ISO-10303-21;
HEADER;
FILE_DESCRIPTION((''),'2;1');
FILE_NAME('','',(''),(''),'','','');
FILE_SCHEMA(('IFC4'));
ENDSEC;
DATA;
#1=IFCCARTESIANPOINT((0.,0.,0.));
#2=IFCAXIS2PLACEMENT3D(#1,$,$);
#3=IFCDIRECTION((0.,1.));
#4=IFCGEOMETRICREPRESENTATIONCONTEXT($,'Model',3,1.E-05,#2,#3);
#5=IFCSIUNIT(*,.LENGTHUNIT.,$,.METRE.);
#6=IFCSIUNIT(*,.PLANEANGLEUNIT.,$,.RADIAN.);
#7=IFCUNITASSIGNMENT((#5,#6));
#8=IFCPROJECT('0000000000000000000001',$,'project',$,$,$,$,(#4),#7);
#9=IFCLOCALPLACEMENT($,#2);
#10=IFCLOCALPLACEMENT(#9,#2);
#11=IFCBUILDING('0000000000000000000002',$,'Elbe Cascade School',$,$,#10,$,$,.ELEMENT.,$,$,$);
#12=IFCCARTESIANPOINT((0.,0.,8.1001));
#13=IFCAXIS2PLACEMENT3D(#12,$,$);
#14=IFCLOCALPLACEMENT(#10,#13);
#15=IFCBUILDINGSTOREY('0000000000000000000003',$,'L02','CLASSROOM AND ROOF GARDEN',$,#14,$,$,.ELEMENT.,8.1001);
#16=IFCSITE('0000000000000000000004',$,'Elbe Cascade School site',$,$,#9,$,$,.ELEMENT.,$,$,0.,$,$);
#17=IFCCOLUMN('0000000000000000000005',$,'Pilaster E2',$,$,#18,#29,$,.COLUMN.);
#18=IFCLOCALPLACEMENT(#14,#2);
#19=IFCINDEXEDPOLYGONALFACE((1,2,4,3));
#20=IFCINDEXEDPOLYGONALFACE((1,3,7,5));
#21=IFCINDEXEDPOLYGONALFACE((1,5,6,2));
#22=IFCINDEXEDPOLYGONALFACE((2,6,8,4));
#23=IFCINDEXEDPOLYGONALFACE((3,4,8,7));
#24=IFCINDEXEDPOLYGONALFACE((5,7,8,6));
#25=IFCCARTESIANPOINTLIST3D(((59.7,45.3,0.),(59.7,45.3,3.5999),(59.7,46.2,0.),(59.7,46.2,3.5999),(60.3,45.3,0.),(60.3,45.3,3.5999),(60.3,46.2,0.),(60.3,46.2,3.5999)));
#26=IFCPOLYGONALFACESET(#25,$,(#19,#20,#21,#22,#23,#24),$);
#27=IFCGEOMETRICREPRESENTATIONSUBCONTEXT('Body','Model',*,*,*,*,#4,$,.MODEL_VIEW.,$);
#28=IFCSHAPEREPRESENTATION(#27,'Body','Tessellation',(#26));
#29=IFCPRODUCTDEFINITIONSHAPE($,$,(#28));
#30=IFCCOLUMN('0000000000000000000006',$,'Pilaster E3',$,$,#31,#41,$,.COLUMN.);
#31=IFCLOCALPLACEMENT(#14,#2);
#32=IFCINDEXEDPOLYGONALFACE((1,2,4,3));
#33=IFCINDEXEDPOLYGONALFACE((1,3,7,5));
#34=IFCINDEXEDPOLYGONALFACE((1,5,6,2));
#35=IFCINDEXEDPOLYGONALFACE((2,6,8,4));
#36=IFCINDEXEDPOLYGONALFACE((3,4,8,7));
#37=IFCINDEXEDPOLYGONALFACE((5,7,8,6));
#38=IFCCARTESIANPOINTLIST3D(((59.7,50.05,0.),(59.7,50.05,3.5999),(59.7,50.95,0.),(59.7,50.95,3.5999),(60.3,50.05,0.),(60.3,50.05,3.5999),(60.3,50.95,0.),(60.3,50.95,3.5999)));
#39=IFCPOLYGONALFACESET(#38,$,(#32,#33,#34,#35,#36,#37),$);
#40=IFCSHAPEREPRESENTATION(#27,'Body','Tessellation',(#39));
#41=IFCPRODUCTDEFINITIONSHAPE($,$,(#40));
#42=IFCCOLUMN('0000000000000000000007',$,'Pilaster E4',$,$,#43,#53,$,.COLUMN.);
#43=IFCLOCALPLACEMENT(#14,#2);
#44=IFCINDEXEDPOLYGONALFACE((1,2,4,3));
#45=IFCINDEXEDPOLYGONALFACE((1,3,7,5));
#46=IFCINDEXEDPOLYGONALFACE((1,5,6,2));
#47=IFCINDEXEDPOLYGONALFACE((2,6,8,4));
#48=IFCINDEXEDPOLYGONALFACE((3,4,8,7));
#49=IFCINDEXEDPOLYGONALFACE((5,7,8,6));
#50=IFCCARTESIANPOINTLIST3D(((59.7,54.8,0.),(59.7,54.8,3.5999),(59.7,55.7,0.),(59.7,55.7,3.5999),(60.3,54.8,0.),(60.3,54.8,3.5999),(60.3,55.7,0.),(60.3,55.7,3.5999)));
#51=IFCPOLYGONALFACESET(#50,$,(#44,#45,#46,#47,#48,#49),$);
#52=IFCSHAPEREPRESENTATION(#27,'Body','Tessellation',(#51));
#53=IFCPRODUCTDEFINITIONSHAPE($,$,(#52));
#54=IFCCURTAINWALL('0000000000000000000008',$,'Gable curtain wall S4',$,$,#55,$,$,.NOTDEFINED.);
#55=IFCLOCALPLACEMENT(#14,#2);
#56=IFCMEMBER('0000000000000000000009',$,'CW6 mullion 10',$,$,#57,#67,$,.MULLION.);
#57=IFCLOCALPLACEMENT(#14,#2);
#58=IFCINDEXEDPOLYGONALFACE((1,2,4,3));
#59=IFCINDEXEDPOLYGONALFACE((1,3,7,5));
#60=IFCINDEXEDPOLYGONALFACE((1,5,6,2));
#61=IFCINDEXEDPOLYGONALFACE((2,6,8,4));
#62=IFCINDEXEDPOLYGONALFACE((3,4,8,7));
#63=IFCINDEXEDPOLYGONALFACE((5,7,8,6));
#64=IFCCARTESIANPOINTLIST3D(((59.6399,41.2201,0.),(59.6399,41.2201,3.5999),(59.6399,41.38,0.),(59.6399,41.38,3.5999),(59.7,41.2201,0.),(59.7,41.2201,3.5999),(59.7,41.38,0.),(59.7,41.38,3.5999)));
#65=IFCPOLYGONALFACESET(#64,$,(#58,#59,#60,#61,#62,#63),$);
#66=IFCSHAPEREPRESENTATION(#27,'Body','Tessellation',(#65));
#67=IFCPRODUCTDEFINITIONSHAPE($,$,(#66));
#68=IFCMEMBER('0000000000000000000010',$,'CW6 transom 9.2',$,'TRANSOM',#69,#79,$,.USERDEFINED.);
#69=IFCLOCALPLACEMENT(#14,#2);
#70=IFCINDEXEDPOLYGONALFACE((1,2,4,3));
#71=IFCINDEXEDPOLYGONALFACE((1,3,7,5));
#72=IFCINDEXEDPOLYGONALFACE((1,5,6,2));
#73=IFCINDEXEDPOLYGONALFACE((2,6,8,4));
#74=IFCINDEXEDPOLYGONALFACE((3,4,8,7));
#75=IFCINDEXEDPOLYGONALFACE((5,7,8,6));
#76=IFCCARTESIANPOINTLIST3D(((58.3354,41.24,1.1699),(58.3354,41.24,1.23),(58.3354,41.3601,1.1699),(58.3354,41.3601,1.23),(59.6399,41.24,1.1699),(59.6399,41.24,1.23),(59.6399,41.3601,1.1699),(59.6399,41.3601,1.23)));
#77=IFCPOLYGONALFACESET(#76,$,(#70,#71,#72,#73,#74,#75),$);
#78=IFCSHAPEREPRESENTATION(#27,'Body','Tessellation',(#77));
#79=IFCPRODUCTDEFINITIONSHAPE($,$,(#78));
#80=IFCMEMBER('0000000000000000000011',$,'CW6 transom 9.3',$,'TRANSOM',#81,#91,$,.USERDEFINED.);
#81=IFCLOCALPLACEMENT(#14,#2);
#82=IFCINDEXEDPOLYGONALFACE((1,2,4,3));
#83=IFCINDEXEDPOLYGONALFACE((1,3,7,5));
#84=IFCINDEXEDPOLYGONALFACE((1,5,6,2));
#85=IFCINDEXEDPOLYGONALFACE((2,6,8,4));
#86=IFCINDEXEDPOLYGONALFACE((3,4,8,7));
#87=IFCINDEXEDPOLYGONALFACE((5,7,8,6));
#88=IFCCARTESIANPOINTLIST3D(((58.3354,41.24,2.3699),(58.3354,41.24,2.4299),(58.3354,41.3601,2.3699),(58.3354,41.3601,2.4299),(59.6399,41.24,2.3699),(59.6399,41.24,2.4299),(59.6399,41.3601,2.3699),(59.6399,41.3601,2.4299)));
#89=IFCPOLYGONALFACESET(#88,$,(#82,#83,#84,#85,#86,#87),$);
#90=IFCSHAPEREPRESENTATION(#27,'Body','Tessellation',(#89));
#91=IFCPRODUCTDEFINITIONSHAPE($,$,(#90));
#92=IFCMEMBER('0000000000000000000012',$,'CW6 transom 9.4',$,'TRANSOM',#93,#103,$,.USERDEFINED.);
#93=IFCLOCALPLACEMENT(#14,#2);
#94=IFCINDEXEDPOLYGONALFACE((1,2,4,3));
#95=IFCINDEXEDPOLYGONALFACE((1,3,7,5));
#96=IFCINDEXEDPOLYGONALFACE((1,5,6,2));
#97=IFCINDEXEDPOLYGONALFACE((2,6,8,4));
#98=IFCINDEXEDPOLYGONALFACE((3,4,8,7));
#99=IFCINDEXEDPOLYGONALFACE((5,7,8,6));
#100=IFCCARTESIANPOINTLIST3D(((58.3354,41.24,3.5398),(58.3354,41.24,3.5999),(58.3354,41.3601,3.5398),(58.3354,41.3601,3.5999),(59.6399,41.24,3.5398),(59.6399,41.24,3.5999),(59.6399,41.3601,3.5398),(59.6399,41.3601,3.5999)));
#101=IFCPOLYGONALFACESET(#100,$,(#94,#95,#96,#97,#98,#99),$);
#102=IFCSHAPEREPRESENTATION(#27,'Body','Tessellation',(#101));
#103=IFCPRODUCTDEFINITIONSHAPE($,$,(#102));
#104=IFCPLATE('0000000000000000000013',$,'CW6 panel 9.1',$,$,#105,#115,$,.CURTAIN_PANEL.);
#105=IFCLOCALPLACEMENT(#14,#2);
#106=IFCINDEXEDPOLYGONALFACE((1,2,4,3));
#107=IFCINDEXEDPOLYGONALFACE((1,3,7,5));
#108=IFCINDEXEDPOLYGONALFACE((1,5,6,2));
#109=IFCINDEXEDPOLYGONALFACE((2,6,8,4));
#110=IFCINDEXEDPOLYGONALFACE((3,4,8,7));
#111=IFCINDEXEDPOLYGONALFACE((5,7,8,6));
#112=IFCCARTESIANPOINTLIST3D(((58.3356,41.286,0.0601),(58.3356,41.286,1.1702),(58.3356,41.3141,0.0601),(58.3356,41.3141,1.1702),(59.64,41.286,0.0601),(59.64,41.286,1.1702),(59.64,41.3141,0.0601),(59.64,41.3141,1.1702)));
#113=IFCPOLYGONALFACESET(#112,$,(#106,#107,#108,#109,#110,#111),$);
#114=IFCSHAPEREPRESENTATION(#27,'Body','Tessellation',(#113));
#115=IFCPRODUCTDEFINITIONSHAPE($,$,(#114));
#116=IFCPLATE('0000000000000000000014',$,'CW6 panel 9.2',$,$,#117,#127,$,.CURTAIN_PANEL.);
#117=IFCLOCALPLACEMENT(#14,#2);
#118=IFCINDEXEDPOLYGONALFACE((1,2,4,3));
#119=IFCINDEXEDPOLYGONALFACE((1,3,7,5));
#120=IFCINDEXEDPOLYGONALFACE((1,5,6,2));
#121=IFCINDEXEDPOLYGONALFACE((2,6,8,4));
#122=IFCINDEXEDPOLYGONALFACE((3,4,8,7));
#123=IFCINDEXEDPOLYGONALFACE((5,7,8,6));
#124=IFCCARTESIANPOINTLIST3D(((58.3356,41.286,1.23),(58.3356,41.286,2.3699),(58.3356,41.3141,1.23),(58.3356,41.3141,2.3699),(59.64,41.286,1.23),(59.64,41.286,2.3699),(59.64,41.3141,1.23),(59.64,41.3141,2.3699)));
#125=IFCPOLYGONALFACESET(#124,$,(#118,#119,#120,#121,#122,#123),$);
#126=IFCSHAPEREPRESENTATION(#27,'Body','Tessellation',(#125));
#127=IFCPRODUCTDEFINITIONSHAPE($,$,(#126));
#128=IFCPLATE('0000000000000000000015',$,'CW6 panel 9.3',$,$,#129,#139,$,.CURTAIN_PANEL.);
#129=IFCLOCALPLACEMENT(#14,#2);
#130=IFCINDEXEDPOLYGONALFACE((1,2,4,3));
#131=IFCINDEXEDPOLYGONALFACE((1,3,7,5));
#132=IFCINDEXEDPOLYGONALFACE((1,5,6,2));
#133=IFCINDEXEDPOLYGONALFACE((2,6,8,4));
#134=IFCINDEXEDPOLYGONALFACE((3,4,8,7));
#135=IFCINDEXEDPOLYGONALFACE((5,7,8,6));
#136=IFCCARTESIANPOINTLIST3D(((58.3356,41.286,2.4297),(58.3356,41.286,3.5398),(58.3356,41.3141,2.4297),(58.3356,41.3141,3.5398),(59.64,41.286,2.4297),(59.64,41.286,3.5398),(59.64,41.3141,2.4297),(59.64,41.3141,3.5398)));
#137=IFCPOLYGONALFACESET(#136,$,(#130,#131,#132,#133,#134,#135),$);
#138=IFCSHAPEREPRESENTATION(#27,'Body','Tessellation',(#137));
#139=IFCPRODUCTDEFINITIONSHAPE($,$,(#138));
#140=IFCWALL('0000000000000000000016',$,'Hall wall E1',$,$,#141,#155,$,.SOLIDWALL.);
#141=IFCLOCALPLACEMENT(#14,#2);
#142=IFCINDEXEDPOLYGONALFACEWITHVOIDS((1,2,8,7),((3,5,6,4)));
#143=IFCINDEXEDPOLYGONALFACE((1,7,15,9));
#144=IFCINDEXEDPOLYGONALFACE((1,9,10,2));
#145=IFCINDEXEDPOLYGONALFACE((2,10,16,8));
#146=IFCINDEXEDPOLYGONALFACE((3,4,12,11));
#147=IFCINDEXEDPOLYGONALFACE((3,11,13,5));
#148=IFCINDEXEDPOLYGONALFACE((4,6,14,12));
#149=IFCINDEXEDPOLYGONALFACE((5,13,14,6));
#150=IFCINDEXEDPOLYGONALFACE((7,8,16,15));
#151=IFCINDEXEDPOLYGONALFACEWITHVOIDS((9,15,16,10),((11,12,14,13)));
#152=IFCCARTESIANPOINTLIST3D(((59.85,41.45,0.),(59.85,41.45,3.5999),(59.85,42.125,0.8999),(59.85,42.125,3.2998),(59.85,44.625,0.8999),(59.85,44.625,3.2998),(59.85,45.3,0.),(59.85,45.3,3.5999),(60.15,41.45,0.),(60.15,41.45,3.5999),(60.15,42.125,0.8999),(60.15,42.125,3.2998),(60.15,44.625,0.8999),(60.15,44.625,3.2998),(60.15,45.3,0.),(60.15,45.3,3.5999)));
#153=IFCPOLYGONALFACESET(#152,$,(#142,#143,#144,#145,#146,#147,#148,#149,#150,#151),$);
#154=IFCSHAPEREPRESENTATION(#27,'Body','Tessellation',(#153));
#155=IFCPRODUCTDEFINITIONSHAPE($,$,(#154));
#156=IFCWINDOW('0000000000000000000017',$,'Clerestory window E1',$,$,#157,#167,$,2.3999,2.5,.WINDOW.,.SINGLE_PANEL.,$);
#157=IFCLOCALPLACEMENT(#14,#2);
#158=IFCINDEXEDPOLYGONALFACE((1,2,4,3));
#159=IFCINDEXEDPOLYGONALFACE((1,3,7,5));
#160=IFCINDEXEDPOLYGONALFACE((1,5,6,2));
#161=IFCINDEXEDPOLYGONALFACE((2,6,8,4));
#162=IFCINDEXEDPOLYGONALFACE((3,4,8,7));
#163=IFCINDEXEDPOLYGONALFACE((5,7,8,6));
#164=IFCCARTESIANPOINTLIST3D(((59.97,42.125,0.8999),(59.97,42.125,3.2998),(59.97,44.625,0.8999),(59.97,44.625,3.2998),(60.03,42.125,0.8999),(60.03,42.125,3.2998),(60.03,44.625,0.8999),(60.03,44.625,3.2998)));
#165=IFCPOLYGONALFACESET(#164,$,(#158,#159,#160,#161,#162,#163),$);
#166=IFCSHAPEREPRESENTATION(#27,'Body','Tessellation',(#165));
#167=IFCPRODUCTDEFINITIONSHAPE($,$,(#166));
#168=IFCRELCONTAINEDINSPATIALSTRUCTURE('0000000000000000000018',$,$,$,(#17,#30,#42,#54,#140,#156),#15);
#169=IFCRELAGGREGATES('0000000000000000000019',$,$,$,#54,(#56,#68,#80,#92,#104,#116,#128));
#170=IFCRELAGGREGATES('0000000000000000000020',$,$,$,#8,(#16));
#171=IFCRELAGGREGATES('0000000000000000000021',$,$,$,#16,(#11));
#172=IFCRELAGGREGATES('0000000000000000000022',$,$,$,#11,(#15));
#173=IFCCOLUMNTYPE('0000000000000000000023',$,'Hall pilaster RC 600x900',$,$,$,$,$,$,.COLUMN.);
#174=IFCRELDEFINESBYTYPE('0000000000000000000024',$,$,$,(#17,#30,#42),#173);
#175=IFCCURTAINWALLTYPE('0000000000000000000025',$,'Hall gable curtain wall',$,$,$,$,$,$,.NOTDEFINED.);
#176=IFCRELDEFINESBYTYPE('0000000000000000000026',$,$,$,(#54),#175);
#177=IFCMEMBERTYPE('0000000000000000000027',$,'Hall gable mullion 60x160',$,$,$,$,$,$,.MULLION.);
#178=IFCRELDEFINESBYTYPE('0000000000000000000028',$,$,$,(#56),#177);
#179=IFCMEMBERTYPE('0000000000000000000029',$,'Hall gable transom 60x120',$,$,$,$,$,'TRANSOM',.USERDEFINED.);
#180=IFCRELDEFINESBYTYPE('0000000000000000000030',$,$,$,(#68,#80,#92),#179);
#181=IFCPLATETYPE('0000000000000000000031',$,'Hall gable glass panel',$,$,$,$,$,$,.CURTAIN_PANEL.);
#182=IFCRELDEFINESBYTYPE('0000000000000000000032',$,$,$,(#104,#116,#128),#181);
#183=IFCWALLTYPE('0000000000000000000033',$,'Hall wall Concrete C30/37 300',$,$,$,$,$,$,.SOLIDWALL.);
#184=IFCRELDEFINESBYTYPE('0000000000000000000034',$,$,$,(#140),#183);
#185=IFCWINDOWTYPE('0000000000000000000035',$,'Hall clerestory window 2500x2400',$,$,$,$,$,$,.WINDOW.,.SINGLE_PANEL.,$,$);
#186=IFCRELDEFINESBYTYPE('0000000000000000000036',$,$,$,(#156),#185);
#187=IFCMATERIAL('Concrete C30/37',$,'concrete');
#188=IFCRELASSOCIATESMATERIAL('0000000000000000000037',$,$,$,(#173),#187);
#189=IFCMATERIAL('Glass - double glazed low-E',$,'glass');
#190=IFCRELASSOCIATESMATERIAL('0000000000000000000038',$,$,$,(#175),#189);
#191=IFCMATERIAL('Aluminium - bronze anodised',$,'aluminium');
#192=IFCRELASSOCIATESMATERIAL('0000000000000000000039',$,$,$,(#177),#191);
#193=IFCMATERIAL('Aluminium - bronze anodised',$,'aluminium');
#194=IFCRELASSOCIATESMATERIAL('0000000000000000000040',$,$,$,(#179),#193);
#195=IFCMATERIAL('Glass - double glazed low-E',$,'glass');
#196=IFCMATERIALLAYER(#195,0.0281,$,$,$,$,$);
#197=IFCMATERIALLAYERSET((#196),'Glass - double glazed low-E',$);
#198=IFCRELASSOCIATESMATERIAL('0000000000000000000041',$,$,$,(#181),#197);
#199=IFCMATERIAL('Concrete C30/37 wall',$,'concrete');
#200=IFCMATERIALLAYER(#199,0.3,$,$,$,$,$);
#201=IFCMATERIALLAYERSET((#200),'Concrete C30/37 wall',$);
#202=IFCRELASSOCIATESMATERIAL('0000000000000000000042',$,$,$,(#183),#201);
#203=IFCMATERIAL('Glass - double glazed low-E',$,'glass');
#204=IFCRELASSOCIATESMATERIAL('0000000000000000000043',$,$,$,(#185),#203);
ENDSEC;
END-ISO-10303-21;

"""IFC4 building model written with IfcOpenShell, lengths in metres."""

from ifc_helpers import new_model, si_unit, direction, frame, frame_2d, origin, origin_2d, place, context, subcontext, project, spatial, rectangle, extrude, material, layer, layer_set, material_profile, profile_set, type_object, element, fill, aggregate, save


model = new_model("IFC4")

# Units and contexts
model_context = context("Model", 3, precision=1e-05, world=origin(), true_north=direction((0.0, 1.0)))
body_context = subcontext(model_context, "Body", "Model", "MODEL_VIEW")
ifc_project = project(units=[si_unit("LENGTHUNIT", "METRE"), si_unit("PLANEANGLEUNIT", "RADIAN")], contexts=[model_context])

# Site, building, storey
site_placement = place(None, origin())
site = spatial("IfcSite", under=ifc_project, at=site_placement, Name="Elbe Cascade School site", CompositionType="ELEMENT", RefElevation=0.0)
building_placement = place(site_placement, origin())
building = spatial("IfcBuilding", under=site, at=building_placement, Name="Elbe Cascade School", CompositionType="ELEMENT")
storey_placement = place(building_placement, frame((0.0, 0.0, 8.1001)))
storey = spatial("IfcBuildingStorey", under=building, at=storey_placement, Name="L02", Description="CLASSROOM AND ROOF GARDEN", CompositionType="ELEMENT", Elevation=8.1001)

# Columns
ifc_material_1 = material(Name="Concrete C30/37", Category="concrete")
ifc_material_profile_1 = material_profile(ifc_material_1, rectangle(XDim=0.6001, YDim=0.8999, at=origin_2d()), Name="RC 600x900")
ifc_profile_set_1 = profile_set([ifc_material_profile_1], Name="Concrete C30/37")
column_type = type_object("IfcColumnType", Name="Hall pilaster RC 600x900", PredefinedType="COLUMN", material=ifc_profile_set_1)
for number, where, z_axis, x_axis, name in (
    (1, (60.0, 45.75, 0.0), (0.0, 0.0, 1.0), (1.0, 0.0, 0.0), "Pilaster E2"),
    (2, (60.0, 50.5, 0.0), (0.0, 0.0, 1.0), (1.0, 0.0, 0.0), "Pilaster E3"),
    (3, (60.0, 55.25, 0.0), (0.0, 0.0, 1.0), (1.0, 0.0, 0.0), "Pilaster E4"),
):
    element("IfcColumn", number, at=place(storey_placement, frame(where, z_axis=z_axis, x_axis=x_axis)), inside=storey, type_object=column_type, Name=name, PredefinedType="COLUMN", context=body_context, shape_type="SweptSolid", body=[
        extrude(rectangle(XDim=0.6001, YDim=0.8999, at=origin_2d()), origin(), (0.0, 0.0, 1.0), 3.5999),
    ])

# Curtain wall, members, plates
ifc_material_2 = material(Name="Glass - double glazed low-E", Category="glass")
curtain_wall_type = type_object("IfcCurtainWallType", Name="Hall gable curtain wall", PredefinedType="NOTDEFINED", material=ifc_material_2)
curtain_wall_placement = place(storey_placement, origin())
curtain_wall = element("IfcCurtainWall", 4, at=curtain_wall_placement, inside=storey, type_object=curtain_wall_type, Name="Gable curtain wall S4", PredefinedType="NOTDEFINED")
ifc_material_3 = material(Name="Aluminium - bronze anodised", Category="aluminium")
ifc_material_profile_2 = material_profile(ifc_material_3, rectangle(XDim=0.1599, YDim=0.0601, at=origin_2d()), Name="Alu 60x160")
ifc_profile_set_2 = profile_set([ifc_material_profile_2], Name="Aluminium - bronze anodised")
member_type_1 = type_object("IfcMemberType", Name="Hall gable mullion 60x160", PredefinedType="MULLION", material=ifc_profile_set_2)
member_1_placement = place(storey_placement, frame((59.6699, 41.3, 0.0), z_axis=(0.0, 0.0, 1.0), x_axis=(0.0, 1.0, 0.0)))
member_1 = element("IfcMember", 5, at=member_1_placement, type_object=member_type_1, Name="CW6 mullion 10", PredefinedType="MULLION", context=body_context, shape_type="SweptSolid", body=[
    extrude(rectangle(XDim=0.1599, YDim=0.0601, at=origin_2d()), origin(), (0.0, 0.0, 1.0), 3.5999),
])
ifc_material_4 = material(Name="Aluminium - bronze anodised", Category="aluminium")
ifc_material_profile_3 = material_profile(ifc_material_4, rectangle(XDim=0.1201, YDim=0.0601, at=origin_2d()), Name="Alu 60x120")
ifc_profile_set_3 = profile_set([ifc_material_profile_3], Name="Aluminium - bronze anodised")
member_type_2 = type_object("IfcMemberType", Name="Hall gable transom 60x120", ElementType="TRANSOM", PredefinedType="USERDEFINED", material=ifc_profile_set_3)
member_2_placement = place(storey_placement, frame((58.3354, 41.3, 1.2), z_axis=(1.0, 0.0, 0.0), x_axis=(0.0, 1.0, 0.0)))
member_2 = element("IfcMember", 6, at=member_2_placement, type_object=member_type_2, Name="CW6 transom 9.2", ObjectType="TRANSOM", PredefinedType="USERDEFINED", context=body_context, shape_type="SweptSolid", body=[
    extrude(rectangle(XDim=0.1201, YDim=0.0601, at=origin_2d()), origin(), (0.0, 0.0, 1.0), 1.3044),
])
member_3_placement = place(storey_placement, frame((58.3354, 41.3, 2.3999), z_axis=(1.0, 0.0, 0.0), x_axis=(0.0, 1.0, 0.0)))
member_3 = element("IfcMember", 7, at=member_3_placement, type_object=member_type_2, Name="CW6 transom 9.3", ObjectType="TRANSOM", PredefinedType="USERDEFINED", context=body_context, shape_type="SweptSolid", body=[
    extrude(rectangle(XDim=0.1201, YDim=0.0601, at=origin_2d()), origin(), (0.0, 0.0, 1.0), 1.3044),
])
member_4_placement = place(storey_placement, frame((58.3354, 41.3, 3.5698), z_axis=(1.0, 0.0, 0.0), x_axis=(0.0, 1.0, 0.0)))
member_4 = element("IfcMember", 8, at=member_4_placement, type_object=member_type_2, Name="CW6 transom 9.4", ObjectType="TRANSOM", PredefinedType="USERDEFINED", context=body_context, shape_type="SweptSolid", body=[
    extrude(rectangle(XDim=0.1201, YDim=0.0601, at=origin_2d()), origin(), (0.0, 0.0, 1.0), 1.3044),
])
ifc_material_5 = material(Name="Glass - double glazed low-E", Category="glass")
ifc_layer_1 = layer(ifc_material_5, 0.0281)
ifc_layer_set_1 = layer_set([ifc_layer_1], Name="Glass - double glazed low-E")
plate_type = type_object("IfcPlateType", Name="Hall gable glass panel", PredefinedType="CURTAIN_PANEL", material=ifc_layer_set_1)
plate_1_placement = place(storey_placement, frame((58.9878, 41.3, 0.0601), z_axis=(0.0, 0.0, 1.0), x_axis=(1.0, 0.0, 0.0)))
plate_1 = element("IfcPlate", 9, at=plate_1_placement, type_object=plate_type, Name="CW6 panel 9.1", PredefinedType="CURTAIN_PANEL", context=body_context, shape_type="SweptSolid", body=[
    extrude(rectangle(XDim=1.3044, YDim=0.0281, at=origin_2d()), origin(), (0.0, 0.0, 1.0), 1.1101),
])
plate_2_placement = place(storey_placement, frame((58.9878, 41.3, 1.23), z_axis=(0.0, 0.0, 1.0), x_axis=(1.0, 0.0, 0.0)))
plate_2 = element("IfcPlate", 10, at=plate_2_placement, type_object=plate_type, Name="CW6 panel 9.2", PredefinedType="CURTAIN_PANEL", context=body_context, shape_type="SweptSolid", body=[
    extrude(rectangle(XDim=1.3044, YDim=0.0281, at=origin_2d()), origin(), (0.0, 0.0, 1.0), 1.1399),
])
plate_3_placement = place(storey_placement, frame((58.9878, 41.3, 2.4297), z_axis=(0.0, 0.0, 1.0), x_axis=(1.0, 0.0, 0.0)))
plate_3 = element("IfcPlate", 11, at=plate_3_placement, type_object=plate_type, Name="CW6 panel 9.3", PredefinedType="CURTAIN_PANEL", context=body_context, shape_type="SweptSolid", body=[
    extrude(rectangle(XDim=1.3044, YDim=0.0281, at=origin_2d()), origin(), (0.0, 0.0, 1.0), 1.1101),
])
aggregate(curtain_wall, [member_1, member_2, member_3, member_4, plate_1, plate_2, plate_3])

# Wall, opening, window
ifc_material_6 = material(Name="Concrete C30/37 wall", Category="concrete")
ifc_layer_2 = layer(ifc_material_6, 0.3)
ifc_layer_set_2 = layer_set([ifc_layer_2], Name="Concrete C30/37 wall")
wall_type = type_object("IfcWallType", Name="Hall wall Concrete C30/37 300", PredefinedType="SOLIDWALL", material=ifc_layer_set_2)
wall_1_placement = place(storey_placement, frame((60.0, 41.45, 0.0), z_axis=(0.0, 0.0, 1.0), x_axis=(0.0, 1.0, 0.0)))
wall_1 = element("IfcWall", 12, at=wall_1_placement, inside=storey, type_object=wall_type, Name="Hall wall E1", PredefinedType="SOLIDWALL", context=body_context, shape_type="SweptSolid", body=[
    extrude(rectangle(XDim=3.8501, YDim=0.3, at=frame_2d((1.925, 0.0))), origin(), (0.0, 0.0, 1.0), 3.5999),
])
opening_1_placement = place(wall_1_placement, frame((0.675, 0.0, 0.8999)))
opening_1 = element("IfcOpeningElement", 13, at=opening_1_placement, cuts=wall_1, PredefinedType="OPENING", context=body_context, shape_type="SweptSolid", body=[
    extrude(rectangle(XDim=2.5, YDim=2.3999, at=frame_2d((1.25, 1.2))), frame((0.0, 0.1599, 0.0), z_axis=(0.0, -1.0, 0.0), x_axis=(1.0, 0.0, 0.0)), (0.0, 0.0, 1.0), 0.3201),
])
ifc_material_7 = material(Name="Glass - double glazed low-E", Category="glass")
window_type = type_object("IfcWindowType", Name="Hall clerestory window 2500x2400", PartitioningType="SINGLE_PANEL", PredefinedType="WINDOW", material=ifc_material_7)
window_1_placement = place(opening_1_placement, origin())
window_1 = element("IfcWindow", 14, at=window_1_placement, inside=storey, type_object=window_type, Name="Clerestory window E1", OverallHeight=2.3999, OverallWidth=2.5, PartitioningType="SINGLE_PANEL", PredefinedType="WINDOW", context=body_context, shape_type="SweptSolid", body=[
    extrude(rectangle(XDim=2.5, YDim=2.3999, at=frame_2d((1.25, 1.2))), frame((0.0, 0.03, 0.0), z_axis=(0.0, -1.0, 0.0), x_axis=(1.0, 0.0, 0.0)), (0.0, 0.0, 1.0), 0.0601),
])
fill(opening_1, window_1)

save(model, "model.ifc")
